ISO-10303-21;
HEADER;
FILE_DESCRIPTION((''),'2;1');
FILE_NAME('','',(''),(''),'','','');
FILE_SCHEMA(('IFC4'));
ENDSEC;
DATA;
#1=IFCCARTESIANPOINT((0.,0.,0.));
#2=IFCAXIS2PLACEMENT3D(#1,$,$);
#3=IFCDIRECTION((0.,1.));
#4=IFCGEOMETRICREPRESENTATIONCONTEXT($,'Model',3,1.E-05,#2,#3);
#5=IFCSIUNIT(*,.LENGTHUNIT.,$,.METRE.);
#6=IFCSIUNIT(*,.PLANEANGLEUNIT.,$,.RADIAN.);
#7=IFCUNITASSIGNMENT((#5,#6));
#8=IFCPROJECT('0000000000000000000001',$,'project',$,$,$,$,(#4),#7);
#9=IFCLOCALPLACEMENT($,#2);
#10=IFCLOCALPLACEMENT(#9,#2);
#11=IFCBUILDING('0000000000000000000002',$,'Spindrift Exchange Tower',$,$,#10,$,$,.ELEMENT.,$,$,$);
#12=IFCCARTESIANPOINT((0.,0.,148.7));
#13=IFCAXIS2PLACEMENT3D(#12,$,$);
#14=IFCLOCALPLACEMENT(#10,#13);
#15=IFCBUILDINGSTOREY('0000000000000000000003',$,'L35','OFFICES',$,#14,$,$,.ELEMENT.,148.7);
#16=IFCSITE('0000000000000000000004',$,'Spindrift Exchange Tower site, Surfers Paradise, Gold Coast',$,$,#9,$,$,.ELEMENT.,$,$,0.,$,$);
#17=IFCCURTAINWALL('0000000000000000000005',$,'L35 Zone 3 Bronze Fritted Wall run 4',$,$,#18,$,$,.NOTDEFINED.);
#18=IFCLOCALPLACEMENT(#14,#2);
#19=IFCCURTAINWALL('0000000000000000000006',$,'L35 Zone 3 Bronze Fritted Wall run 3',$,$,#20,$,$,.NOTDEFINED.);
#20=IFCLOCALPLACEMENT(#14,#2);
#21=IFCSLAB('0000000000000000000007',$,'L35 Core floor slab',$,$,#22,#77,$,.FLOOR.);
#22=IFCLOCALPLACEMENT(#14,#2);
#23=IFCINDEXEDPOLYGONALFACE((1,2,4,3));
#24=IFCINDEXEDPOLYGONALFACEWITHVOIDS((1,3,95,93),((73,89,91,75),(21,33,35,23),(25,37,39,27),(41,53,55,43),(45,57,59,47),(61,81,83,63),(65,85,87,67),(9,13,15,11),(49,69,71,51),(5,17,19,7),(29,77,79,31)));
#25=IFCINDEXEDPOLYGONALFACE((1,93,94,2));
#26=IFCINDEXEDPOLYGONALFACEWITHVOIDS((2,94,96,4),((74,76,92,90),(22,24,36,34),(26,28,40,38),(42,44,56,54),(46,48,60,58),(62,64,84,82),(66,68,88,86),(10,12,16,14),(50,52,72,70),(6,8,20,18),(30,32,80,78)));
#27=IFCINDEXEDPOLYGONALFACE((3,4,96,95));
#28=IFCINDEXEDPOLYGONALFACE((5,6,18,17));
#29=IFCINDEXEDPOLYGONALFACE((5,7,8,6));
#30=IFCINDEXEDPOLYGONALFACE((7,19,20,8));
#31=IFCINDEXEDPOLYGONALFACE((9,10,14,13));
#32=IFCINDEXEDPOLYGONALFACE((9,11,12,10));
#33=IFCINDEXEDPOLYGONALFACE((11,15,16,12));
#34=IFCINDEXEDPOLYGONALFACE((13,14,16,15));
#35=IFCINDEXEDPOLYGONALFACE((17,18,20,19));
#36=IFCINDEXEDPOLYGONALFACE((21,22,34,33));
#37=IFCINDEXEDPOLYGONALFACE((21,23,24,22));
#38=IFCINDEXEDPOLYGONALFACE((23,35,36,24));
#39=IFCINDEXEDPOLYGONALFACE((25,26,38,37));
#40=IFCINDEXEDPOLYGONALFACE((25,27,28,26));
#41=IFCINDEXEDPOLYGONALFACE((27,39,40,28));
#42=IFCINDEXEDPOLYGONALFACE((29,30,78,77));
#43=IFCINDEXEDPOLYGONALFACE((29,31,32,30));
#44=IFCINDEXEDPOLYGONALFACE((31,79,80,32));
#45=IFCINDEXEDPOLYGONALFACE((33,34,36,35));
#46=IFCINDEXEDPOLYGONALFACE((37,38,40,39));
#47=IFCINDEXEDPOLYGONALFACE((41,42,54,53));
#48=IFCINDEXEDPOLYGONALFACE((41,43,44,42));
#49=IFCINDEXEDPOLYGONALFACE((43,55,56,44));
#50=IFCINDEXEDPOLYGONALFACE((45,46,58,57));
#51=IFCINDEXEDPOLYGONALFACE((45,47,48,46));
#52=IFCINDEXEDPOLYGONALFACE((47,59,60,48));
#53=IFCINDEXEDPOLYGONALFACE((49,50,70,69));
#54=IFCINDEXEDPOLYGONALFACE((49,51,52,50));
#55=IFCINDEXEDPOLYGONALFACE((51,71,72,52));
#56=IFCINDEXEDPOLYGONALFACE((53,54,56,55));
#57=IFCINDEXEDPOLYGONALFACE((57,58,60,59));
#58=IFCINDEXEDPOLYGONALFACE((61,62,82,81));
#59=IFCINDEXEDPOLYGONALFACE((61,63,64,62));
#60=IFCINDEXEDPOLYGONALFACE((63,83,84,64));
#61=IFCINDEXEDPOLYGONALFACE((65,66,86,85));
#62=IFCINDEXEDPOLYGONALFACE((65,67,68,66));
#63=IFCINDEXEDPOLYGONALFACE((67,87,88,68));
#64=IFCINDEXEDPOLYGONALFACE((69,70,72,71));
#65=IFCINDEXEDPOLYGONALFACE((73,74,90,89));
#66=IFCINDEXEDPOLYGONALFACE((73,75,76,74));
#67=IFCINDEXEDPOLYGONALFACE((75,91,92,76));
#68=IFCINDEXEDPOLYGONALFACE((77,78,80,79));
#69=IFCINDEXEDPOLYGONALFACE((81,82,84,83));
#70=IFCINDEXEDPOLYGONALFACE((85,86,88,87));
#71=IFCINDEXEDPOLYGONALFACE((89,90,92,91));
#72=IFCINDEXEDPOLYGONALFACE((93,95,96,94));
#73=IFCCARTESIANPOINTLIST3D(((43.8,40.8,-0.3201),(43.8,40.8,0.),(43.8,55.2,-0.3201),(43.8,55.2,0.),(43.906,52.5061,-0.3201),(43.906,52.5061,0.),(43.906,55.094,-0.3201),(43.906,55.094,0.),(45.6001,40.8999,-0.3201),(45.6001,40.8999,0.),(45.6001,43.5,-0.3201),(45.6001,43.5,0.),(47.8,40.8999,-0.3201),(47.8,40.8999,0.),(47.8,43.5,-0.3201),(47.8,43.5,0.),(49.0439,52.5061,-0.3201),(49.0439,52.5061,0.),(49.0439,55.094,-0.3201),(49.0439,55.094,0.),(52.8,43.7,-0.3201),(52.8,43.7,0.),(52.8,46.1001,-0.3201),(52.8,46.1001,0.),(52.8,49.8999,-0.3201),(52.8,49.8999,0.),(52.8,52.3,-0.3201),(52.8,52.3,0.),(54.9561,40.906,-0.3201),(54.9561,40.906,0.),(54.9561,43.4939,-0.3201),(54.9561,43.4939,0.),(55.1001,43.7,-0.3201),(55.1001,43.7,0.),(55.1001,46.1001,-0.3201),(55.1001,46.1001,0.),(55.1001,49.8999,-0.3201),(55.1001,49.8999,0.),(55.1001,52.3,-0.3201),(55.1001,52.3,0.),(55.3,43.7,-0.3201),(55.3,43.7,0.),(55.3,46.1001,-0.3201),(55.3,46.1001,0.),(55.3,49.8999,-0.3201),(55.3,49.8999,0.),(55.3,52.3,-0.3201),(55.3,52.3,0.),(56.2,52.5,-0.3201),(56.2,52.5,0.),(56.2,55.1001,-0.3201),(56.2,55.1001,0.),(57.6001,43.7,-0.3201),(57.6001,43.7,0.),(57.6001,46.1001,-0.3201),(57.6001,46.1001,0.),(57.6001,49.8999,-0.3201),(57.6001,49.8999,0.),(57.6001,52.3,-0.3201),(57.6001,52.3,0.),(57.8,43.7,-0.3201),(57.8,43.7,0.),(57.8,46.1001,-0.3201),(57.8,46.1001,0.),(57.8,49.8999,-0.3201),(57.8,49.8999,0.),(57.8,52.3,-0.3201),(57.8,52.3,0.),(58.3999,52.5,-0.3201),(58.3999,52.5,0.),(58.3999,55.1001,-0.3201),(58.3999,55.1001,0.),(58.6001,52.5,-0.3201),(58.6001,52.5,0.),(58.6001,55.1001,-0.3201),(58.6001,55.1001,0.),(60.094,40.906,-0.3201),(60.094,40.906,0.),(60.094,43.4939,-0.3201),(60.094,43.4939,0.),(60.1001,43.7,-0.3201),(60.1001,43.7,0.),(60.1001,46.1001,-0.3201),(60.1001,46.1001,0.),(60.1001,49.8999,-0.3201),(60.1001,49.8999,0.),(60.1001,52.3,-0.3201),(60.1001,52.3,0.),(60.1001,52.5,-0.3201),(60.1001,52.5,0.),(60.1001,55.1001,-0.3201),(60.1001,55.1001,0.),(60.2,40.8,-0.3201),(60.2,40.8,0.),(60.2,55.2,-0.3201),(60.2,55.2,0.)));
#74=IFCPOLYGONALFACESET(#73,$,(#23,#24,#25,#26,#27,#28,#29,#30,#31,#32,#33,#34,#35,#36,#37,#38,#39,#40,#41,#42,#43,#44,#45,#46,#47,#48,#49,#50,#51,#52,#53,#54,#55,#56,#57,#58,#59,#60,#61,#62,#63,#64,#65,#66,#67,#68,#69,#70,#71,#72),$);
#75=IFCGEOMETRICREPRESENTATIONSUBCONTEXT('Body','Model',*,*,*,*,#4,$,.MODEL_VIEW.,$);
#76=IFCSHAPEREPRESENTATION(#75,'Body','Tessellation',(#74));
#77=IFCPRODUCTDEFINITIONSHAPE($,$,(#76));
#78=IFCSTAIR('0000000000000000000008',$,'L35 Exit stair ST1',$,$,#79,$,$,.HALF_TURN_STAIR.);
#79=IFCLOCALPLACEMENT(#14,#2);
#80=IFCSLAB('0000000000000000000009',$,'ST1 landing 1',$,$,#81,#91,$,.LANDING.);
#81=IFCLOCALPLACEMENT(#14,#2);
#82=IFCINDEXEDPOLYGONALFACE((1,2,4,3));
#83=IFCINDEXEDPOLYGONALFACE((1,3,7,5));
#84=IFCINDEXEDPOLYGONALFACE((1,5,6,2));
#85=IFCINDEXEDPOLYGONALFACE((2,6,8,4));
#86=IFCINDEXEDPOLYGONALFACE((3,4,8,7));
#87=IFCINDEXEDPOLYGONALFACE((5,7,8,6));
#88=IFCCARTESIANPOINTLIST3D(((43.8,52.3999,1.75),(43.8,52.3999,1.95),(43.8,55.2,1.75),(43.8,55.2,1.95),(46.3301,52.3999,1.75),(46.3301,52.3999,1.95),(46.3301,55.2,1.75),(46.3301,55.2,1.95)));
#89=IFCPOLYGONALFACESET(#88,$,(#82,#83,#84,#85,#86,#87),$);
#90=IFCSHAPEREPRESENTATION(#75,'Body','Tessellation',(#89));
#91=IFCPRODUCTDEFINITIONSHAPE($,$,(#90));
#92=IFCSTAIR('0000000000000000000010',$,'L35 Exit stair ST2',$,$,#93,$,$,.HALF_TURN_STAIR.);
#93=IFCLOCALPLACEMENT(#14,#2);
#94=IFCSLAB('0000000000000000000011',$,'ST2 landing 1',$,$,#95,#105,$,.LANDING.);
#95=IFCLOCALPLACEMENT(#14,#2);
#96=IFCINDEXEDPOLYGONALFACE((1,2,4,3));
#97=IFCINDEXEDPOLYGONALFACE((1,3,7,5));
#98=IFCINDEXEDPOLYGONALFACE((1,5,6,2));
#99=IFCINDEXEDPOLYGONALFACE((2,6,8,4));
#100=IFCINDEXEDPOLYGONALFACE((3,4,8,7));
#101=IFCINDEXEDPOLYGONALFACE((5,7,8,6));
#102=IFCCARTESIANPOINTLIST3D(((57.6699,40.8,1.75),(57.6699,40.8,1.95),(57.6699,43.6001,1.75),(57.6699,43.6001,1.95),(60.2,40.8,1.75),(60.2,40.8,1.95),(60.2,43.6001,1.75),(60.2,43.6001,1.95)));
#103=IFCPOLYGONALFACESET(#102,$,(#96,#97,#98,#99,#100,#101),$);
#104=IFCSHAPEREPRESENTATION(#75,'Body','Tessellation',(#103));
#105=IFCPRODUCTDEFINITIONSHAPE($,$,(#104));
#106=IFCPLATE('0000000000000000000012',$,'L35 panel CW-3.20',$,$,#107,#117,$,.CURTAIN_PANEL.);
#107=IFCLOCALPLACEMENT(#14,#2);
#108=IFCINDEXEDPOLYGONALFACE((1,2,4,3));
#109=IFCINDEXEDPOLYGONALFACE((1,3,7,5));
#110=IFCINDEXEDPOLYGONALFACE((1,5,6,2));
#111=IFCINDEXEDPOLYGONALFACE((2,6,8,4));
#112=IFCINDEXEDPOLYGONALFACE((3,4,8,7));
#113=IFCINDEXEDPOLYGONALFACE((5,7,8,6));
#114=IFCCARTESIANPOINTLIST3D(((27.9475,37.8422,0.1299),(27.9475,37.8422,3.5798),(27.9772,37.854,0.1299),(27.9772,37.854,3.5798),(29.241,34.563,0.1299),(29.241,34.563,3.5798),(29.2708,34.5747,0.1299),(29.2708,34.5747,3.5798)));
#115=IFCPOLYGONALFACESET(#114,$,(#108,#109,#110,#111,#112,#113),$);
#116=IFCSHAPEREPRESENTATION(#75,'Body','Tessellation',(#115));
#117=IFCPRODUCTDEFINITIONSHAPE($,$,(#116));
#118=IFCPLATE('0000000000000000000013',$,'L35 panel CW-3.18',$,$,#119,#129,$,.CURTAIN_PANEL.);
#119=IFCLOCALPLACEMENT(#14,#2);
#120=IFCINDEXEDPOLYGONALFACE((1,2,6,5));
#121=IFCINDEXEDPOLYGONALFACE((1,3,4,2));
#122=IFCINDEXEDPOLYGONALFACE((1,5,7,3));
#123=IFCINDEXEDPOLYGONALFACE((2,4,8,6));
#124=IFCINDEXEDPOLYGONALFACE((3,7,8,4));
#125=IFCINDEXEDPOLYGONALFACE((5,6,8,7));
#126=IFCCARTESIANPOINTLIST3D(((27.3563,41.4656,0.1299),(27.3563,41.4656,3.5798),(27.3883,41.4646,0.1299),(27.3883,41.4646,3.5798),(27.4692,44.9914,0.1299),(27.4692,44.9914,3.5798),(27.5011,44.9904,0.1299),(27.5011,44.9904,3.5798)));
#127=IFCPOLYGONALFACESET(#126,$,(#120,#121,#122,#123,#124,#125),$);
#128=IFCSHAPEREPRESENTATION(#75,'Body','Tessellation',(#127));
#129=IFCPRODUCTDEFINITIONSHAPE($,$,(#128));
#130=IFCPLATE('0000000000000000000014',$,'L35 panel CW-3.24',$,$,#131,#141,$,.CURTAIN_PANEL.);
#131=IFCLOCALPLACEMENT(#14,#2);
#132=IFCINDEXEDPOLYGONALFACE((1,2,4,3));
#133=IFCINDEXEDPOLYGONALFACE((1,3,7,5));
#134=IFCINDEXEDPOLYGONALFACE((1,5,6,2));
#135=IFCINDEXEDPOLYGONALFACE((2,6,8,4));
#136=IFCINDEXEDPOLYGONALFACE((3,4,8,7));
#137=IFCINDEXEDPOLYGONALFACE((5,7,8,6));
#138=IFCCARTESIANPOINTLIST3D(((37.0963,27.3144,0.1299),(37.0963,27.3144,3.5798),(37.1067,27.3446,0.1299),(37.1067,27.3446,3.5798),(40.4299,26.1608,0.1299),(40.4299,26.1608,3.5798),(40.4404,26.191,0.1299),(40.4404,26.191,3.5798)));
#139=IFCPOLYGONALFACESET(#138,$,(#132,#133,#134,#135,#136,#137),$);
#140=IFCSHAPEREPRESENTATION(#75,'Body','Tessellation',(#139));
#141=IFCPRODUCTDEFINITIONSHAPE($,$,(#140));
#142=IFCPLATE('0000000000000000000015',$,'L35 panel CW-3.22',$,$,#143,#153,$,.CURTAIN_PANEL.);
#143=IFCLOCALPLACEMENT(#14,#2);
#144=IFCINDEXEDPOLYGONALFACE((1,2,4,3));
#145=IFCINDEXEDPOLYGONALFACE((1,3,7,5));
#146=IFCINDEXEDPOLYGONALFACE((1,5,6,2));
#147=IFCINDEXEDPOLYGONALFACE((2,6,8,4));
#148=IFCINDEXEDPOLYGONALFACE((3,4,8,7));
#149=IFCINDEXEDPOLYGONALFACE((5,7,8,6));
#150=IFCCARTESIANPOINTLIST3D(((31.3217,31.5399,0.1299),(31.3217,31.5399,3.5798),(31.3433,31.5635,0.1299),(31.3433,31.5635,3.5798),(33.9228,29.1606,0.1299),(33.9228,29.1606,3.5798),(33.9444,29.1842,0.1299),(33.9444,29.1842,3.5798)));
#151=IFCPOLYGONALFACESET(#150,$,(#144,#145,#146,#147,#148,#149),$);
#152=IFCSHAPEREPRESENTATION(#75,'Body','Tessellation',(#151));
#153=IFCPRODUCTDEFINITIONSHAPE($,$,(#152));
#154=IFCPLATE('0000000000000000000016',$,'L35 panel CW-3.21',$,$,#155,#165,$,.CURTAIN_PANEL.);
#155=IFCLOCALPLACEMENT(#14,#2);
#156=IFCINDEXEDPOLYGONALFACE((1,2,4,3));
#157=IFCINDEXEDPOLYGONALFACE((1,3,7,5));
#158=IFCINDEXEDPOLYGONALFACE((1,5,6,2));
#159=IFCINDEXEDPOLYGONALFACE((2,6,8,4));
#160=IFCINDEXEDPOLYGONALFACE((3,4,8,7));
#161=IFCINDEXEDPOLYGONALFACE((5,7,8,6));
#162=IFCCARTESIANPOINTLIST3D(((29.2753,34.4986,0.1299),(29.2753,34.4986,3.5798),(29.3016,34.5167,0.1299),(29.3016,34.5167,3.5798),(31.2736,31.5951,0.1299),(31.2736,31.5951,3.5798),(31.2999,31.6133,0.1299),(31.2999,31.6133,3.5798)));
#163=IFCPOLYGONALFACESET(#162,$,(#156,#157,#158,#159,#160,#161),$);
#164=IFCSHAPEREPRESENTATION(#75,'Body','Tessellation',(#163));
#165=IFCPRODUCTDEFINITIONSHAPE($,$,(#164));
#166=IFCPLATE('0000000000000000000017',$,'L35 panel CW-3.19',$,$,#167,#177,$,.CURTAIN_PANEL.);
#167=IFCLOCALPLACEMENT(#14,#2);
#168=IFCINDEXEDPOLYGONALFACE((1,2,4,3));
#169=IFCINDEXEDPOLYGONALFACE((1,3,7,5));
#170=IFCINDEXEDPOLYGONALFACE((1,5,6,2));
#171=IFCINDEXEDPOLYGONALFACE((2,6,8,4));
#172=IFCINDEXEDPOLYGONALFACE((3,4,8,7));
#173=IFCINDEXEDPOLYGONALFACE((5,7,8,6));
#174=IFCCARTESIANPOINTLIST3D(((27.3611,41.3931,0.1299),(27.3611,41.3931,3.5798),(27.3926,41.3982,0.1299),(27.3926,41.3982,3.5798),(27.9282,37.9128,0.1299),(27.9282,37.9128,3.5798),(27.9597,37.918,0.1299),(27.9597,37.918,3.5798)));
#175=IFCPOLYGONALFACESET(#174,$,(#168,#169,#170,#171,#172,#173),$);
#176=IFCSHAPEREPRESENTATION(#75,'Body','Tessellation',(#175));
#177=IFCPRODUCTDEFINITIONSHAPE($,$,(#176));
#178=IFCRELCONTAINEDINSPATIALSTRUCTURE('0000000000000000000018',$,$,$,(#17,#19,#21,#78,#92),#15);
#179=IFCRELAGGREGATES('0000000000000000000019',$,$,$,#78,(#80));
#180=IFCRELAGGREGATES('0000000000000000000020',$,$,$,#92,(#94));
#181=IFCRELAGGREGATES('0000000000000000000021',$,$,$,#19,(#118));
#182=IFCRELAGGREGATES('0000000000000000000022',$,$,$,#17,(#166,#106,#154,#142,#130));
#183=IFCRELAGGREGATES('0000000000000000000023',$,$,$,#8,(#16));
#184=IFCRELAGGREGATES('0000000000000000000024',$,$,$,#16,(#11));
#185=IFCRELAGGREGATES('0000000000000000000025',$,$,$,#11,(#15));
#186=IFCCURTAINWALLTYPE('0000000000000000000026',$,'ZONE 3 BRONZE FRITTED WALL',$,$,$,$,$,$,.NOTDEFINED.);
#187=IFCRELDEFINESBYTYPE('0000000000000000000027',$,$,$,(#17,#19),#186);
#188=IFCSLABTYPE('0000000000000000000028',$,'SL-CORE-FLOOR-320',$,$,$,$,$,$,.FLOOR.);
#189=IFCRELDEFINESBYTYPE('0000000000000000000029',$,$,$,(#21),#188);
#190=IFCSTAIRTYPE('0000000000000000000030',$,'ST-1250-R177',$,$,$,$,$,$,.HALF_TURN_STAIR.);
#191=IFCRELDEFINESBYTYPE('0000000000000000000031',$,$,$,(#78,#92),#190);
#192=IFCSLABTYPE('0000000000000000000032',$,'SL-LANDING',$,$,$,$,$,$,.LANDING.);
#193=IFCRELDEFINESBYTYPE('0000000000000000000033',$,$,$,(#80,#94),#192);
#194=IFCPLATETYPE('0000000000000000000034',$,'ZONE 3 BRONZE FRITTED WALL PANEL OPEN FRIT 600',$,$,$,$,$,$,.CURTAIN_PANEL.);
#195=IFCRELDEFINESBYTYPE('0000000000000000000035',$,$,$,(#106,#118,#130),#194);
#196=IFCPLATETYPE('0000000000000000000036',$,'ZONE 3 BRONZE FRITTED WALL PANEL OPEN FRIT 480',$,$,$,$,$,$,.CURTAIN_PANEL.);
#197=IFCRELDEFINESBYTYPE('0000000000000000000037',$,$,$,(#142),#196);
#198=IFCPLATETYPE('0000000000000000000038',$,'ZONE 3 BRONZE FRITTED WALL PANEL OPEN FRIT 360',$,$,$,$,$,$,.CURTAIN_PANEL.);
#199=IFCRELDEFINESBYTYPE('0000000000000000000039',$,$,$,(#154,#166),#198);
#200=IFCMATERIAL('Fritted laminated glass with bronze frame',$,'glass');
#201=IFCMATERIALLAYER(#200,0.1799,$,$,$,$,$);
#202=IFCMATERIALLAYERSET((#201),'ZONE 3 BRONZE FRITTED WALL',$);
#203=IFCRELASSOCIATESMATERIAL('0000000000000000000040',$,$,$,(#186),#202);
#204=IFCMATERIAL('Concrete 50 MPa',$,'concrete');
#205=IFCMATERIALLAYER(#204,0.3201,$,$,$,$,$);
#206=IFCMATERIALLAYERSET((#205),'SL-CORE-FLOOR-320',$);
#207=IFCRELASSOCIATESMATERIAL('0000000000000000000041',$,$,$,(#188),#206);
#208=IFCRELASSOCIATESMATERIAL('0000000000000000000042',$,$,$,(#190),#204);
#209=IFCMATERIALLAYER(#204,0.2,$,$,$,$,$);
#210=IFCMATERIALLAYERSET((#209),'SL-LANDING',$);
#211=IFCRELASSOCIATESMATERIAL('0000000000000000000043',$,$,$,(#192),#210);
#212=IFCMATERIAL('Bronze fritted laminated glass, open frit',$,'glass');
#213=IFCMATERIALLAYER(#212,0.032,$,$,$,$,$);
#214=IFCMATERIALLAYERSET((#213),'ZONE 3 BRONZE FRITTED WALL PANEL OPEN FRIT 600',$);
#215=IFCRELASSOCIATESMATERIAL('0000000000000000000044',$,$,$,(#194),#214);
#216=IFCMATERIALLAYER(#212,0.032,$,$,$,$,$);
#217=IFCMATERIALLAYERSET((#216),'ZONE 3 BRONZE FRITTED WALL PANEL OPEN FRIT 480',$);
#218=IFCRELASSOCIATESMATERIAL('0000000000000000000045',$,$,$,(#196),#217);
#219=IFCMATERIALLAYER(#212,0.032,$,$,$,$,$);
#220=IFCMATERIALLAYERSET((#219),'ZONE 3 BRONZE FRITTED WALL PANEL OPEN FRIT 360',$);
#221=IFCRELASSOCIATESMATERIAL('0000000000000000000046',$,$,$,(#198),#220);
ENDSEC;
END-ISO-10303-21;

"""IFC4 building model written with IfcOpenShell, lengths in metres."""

from ifc_helpers import new_model, si_unit, direction, frame, origin, origin_2d, place, context, subcontext, project, spatial, line, indexed_curve, rectangle, outline, extrude, source, transform, mapped, material, layer, layer_set, type_object, element, aggregate, save


model = new_model("IFC4")

# Units and contexts
model_context = context("Model", 3, precision=1e-05, world=origin(), true_north=direction((0.0, 1.0)))
body_context = subcontext(model_context, "Body", "Model", "MODEL_VIEW")
ifc_project = project(units=[si_unit("LENGTHUNIT", "METRE"), si_unit("PLANEANGLEUNIT", "RADIAN")], contexts=[model_context])

# Site, building, storey
site_placement = place(None, origin())
site = spatial("IfcSite", under=ifc_project, at=site_placement, Name="Spindrift Exchange Tower site, Surfers Paradise, Gold Coast", CompositionType="ELEMENT", RefElevation=0.0)
building_placement = place(site_placement, origin())
building = spatial("IfcBuilding", under=site, at=building_placement, Name="Spindrift Exchange Tower", CompositionType="ELEMENT")
storey_placement = place(building_placement, frame((0.0, 0.0, 148.7)))
storey = spatial("IfcBuildingStorey", under=building, at=storey_placement, Name="L35", Description="OFFICES", CompositionType="ELEMENT", Elevation=148.7)

# Shared definitions
ifc_material_1 = material(Name="Concrete 50 MPa", Category="concrete")

# Curtain wall
ifc_material_2 = material(Name="Fritted laminated glass with bronze frame", Category="glass")
ifc_layer_1 = layer(ifc_material_2, 0.1799)
ifc_layer_set_1 = layer_set([ifc_layer_1], Name="ZONE 3 BRONZE FRITTED WALL")
curtain_wall_type = type_object("IfcCurtainWallType", Name="ZONE 3 BRONZE FRITTED WALL", PredefinedType="NOTDEFINED", material=ifc_layer_set_1)
curtain_wall_1_placement = place(storey_placement, origin())
curtain_wall_1 = element("IfcCurtainWall", 1, at=curtain_wall_1_placement, inside=storey, type_object=curtain_wall_type, Name="L35 Zone 3 Bronze Fritted Wall run 4", PredefinedType="NOTDEFINED")

# Curtain wall
curtain_wall_2_placement = place(storey_placement, origin())
curtain_wall_2 = element("IfcCurtainWall", 2, at=curtain_wall_2_placement, inside=storey, type_object=curtain_wall_type, Name="L35 Zone 3 Bronze Fritted Wall run 3", PredefinedType="NOTDEFINED")

# Slab
ifc_layer_2 = layer(ifc_material_1, 0.3201)
ifc_layer_set_2 = layer_set([ifc_layer_2], Name="SL-CORE-FLOOR-320")
slab_type_1 = type_object("IfcSlabType", Name="SL-CORE-FLOOR-320", PredefinedType="FLOOR", material=ifc_layer_set_2)
slab_1_placement = place(storey_placement, frame((0.0, 0.0, -0.3201)))
element("IfcSlab", 3, at=slab_1_placement, inside=storey, type_object=slab_type_1, Name="L35 Core floor slab", PredefinedType="FLOOR", context=body_context, shape_type="SweptSolid", body=[
    extrude(outline(indexed_curve([(43.8, 40.8), (43.8, 55.2), (60.2, 55.2), (60.2, 40.8)], segments=[line(1, 2, 3, 4, 1)], self_intersect=False), holes=[indexed_curve([(45.6001, 43.5), (45.6001, 40.8999), (47.8, 40.8999), (47.8, 43.5)], segments=[line(1, 2, 3, 4, 1)], self_intersect=False), indexed_curve([(52.8, 46.1001), (52.8, 43.7), (55.1001, 43.7), (55.1001, 46.1001)], segments=[line(1, 2, 3, 4, 1)], self_intersect=False), indexed_curve([(55.3, 46.1001), (55.3, 43.7), (57.6001, 43.7), (57.6001, 46.1001)], segments=[line(1, 2, 3, 4, 1)], self_intersect=False), indexed_curve([(55.1001, 52.3), (52.8, 52.3), (52.8, 49.8999), (55.1001, 49.8999)], segments=[line(1, 2, 3, 4, 1)], self_intersect=False), indexed_curve([(57.6001, 52.3), (55.3, 52.3), (55.3, 49.8999), (57.6001, 49.8999)], segments=[line(1, 2, 3, 4, 1)], self_intersect=False), indexed_curve([(43.906, 52.5061), (49.0439, 52.5061), (49.0439, 55.094), (43.906, 55.094)], segments=[line(1, 2, 3, 4, 1)], self_intersect=False), indexed_curve([(60.094, 40.906), (60.094, 43.4939), (54.9561, 43.4939), (54.9561, 40.906)], segments=[line(1, 2, 3, 4, 1)], self_intersect=False), indexed_curve([(60.1001, 46.1001), (57.8, 46.1001), (57.8, 43.7), (60.1001, 43.7)], segments=[line(1, 2, 3, 4, 1)], self_intersect=False), indexed_curve([(57.8, 52.3), (57.8, 49.8999), (60.1001, 49.8999), (60.1001, 52.3)], segments=[line(1, 2, 3, 4, 1)], self_intersect=False), indexed_curve([(58.3999, 55.1001), (56.2, 55.1001), (56.2, 52.5), (58.3999, 52.5)], segments=[line(1, 2, 3, 4, 1)], self_intersect=False), indexed_curve([(60.1001, 55.1001), (58.6001, 55.1001), (58.6001, 52.5), (60.1001, 52.5)], segments=[line(1, 2, 3, 4, 1)], self_intersect=False)]), origin(), (0.0, 0.0, 1.0), 0.3201),
])

# Stairs, slabs
stair_type = type_object("IfcStairType", Name="ST-1250-R177", PredefinedType="HALF_TURN_STAIR", material=ifc_material_1)
stair_1_placement = place(storey_placement, origin())
stair_1 = element("IfcStair", 4, at=stair_1_placement, inside=storey, type_object=stair_type, Name="L35 Exit stair ST1", PredefinedType="HALF_TURN_STAIR")
ifc_layer_3 = layer(ifc_material_1, 0.2)
ifc_layer_set_3 = layer_set([ifc_layer_3], Name="SL-LANDING")
slab_type_2 = type_object("IfcSlabType", Name="SL-LANDING", PredefinedType="LANDING", material=ifc_layer_set_3)
slab_2_placement = place(storey_placement, frame((0.0, 0.0, 1.75)))
slab_2 = element("IfcSlab", 5, at=slab_2_placement, type_object=slab_type_2, Name="ST1 landing 1", PredefinedType="LANDING", context=body_context, shape_type="SweptSolid", body=[
    extrude(outline(indexed_curve([(46.3301, 52.3999), (43.8, 52.3999), (43.8, 55.2), (46.3301, 55.2)], segments=[line(1, 2, 3, 4, 1)], self_intersect=False)), origin(), (0.0, 0.0, 1.0), 0.2),
])
aggregate(stair_1, [slab_2])
stair_2_placement = place(storey_placement, origin())
stair_2 = element("IfcStair", 6, at=stair_2_placement, inside=storey, type_object=stair_type, Name="L35 Exit stair ST2", PredefinedType="HALF_TURN_STAIR")
slab_3_placement = place(storey_placement, frame((0.0, 0.0, 1.75)))
slab_3 = element("IfcSlab", 7, at=slab_3_placement, type_object=slab_type_2, Name="ST2 landing 1", PredefinedType="LANDING", context=body_context, shape_type="SweptSolid", body=[
    extrude(outline(indexed_curve([(57.6699, 43.6001), (60.2, 43.6001), (60.2, 40.8), (57.6699, 40.8)], segments=[line(1, 2, 3, 4, 1)], self_intersect=False)), origin(), (0.0, 0.0, 1.0), 0.2),
])
aggregate(stair_2, [slab_3])

# Plates
ifc_material_3 = material(Name="Bronze fritted laminated glass, open frit", Category="glass")
ifc_layer_4 = layer(ifc_material_3, 0.032)
ifc_layer_set_4 = layer_set([ifc_layer_4], Name="ZONE 3 BRONZE FRITTED WALL PANEL OPEN FRIT 600")
plate_type_1 = type_object("IfcPlateType", Name="ZONE 3 BRONZE FRITTED WALL PANEL OPEN FRIT 600", PredefinedType="CURTAIN_PANEL", material=ifc_layer_set_4)
shared_shape_1 = source(origin(), body_context, "Body", "SweptSolid", [
    extrude(rectangle(XDim=3.5251, YDim=0.032, at=origin_2d()), origin(), (0.0, 0.0, 1.0), 3.45),
])
plate_1_placement = place(storey_placement, frame((28.6091, 36.2085, 0.1299), z_axis=(0.0, 0.0, 1.0), x_axis=(0.366946, -0.930242, 0.0)))
plate_1 = element("IfcPlate", 8, at=plate_1_placement, type_object=plate_type_1, Name="L35 panel CW-3.20", PredefinedType="CURTAIN_PANEL", context=body_context, shape_type="MappedRepresentation", body=[
    mapped(shared_shape_1, transform((0.0, 0.0, 0.0), scale=1.0)),
])
shared_shape_2 = source(origin(), body_context, "Body", "SweptSolid", [
    extrude(rectangle(XDim=3.5276, YDim=0.032, at=origin_2d()), origin(), (0.0, 0.0, 1.0), 3.45),
])
plate_2_placement = place(storey_placement, frame((27.4287, 43.228, 0.1299), z_axis=(0.0, 0.0, 1.0), x_axis=(-0.031993, -0.999488, 0.0)))
plate_2 = element("IfcPlate", 9, at=plate_2_placement, type_object=plate_type_1, Name="L35 panel CW-3.18", PredefinedType="CURTAIN_PANEL", context=body_context, shape_type="MappedRepresentation", body=[
    mapped(shared_shape_2, transform((0.0, 0.0, 0.0), scale=1.0)),
])
aggregate(curtain_wall_2, [plate_2])
plate_3_placement = place(storey_placement, frame((38.7683, 26.7527, 0.1299), z_axis=(0.0, 0.0, 1.0), x_axis=(0.945016, -0.327023, 0.0)))
plate_3 = element("IfcPlate", 10, at=plate_3_placement, type_object=plate_type_1, Name="L35 panel CW-3.24", PredefinedType="CURTAIN_PANEL", context=body_context, shape_type="MappedRepresentation", body=[
    mapped(shared_shape_2, transform((0.0, 0.0, 0.0), scale=1.0)),
])
ifc_layer_5 = layer(ifc_material_3, 0.032)
ifc_layer_set_5 = layer_set([ifc_layer_5], Name="ZONE 3 BRONZE FRITTED WALL PANEL OPEN FRIT 480")
plate_type_2 = type_object("IfcPlateType", Name="ZONE 3 BRONZE FRITTED WALL PANEL OPEN FRIT 480", PredefinedType="CURTAIN_PANEL", material=ifc_layer_set_5)
shared_shape_3 = source(origin(), body_context, "Body", "SweptSolid", [
    extrude(rectangle(XDim=3.5251, YDim=0.032, at=origin_2d()), origin(), (0.0, 0.0, 1.0), 3.45),
])
plate_4_placement = place(storey_placement, frame((32.6331, 30.3621, 0.1299), z_axis=(0.0, 0.0, 1.0), x_axis=(0.737878, -0.674934, 0.0)))
plate_4 = element("IfcPlate", 11, at=plate_4_placement, type_object=plate_type_2, Name="L35 panel CW-3.22", PredefinedType="CURTAIN_PANEL", context=body_context, shape_type="MappedRepresentation", body=[
    mapped(shared_shape_3, transform((0.0, 0.0, 0.0), scale=1.0)),
])
ifc_layer_6 = layer(ifc_material_3, 0.032)
ifc_layer_set_6 = layer_set([ifc_layer_6], Name="ZONE 3 BRONZE FRITTED WALL PANEL OPEN FRIT 360")
plate_type_3 = type_object("IfcPlateType", Name="ZONE 3 BRONZE FRITTED WALL PANEL OPEN FRIT 360", PredefinedType="CURTAIN_PANEL", material=ifc_layer_set_6)
shared_shape_4 = source(origin(), body_context, "Body", "SweptSolid", [
    extrude(rectangle(XDim=3.5247, YDim=0.032, at=origin_2d()), origin(), (0.0, 0.0, 1.0), 3.45),
])
plate_5_placement = place(storey_placement, frame((30.2876, 33.0559, 0.1299), z_axis=(0.0, 0.0, 1.0), x_axis=(0.566953, -0.82375, 0.0)))
plate_5 = element("IfcPlate", 12, at=plate_5_placement, type_object=plate_type_3, Name="L35 panel CW-3.21", PredefinedType="CURTAIN_PANEL", context=body_context, shape_type="MappedRepresentation", body=[
    mapped(shared_shape_4, transform((0.0, 0.0, 0.0), scale=1.0)),
])
shared_shape_5 = source(origin(), body_context, "Body", "SweptSolid", [
    extrude(rectangle(XDim=3.5261, YDim=0.032, at=origin_2d()), origin(), (0.0, 0.0, 1.0), 3.45),
])
plate_6_placement = place(storey_placement, frame((27.6604, 39.6555, 0.1299), z_axis=(0.0, 0.0, 1.0), x_axis=(0.160836, -0.986981, 0.0)))
plate_6 = element("IfcPlate", 13, at=plate_6_placement, type_object=plate_type_3, Name="L35 panel CW-3.19", PredefinedType="CURTAIN_PANEL", context=body_context, shape_type="MappedRepresentation", body=[
    mapped(shared_shape_5, transform((0.0, 0.0, 0.0), scale=1.0)),
])
aggregate(curtain_wall_1, [plate_6, plate_1, plate_5, plate_4, plate_3])

save(model, "model.ifc")
